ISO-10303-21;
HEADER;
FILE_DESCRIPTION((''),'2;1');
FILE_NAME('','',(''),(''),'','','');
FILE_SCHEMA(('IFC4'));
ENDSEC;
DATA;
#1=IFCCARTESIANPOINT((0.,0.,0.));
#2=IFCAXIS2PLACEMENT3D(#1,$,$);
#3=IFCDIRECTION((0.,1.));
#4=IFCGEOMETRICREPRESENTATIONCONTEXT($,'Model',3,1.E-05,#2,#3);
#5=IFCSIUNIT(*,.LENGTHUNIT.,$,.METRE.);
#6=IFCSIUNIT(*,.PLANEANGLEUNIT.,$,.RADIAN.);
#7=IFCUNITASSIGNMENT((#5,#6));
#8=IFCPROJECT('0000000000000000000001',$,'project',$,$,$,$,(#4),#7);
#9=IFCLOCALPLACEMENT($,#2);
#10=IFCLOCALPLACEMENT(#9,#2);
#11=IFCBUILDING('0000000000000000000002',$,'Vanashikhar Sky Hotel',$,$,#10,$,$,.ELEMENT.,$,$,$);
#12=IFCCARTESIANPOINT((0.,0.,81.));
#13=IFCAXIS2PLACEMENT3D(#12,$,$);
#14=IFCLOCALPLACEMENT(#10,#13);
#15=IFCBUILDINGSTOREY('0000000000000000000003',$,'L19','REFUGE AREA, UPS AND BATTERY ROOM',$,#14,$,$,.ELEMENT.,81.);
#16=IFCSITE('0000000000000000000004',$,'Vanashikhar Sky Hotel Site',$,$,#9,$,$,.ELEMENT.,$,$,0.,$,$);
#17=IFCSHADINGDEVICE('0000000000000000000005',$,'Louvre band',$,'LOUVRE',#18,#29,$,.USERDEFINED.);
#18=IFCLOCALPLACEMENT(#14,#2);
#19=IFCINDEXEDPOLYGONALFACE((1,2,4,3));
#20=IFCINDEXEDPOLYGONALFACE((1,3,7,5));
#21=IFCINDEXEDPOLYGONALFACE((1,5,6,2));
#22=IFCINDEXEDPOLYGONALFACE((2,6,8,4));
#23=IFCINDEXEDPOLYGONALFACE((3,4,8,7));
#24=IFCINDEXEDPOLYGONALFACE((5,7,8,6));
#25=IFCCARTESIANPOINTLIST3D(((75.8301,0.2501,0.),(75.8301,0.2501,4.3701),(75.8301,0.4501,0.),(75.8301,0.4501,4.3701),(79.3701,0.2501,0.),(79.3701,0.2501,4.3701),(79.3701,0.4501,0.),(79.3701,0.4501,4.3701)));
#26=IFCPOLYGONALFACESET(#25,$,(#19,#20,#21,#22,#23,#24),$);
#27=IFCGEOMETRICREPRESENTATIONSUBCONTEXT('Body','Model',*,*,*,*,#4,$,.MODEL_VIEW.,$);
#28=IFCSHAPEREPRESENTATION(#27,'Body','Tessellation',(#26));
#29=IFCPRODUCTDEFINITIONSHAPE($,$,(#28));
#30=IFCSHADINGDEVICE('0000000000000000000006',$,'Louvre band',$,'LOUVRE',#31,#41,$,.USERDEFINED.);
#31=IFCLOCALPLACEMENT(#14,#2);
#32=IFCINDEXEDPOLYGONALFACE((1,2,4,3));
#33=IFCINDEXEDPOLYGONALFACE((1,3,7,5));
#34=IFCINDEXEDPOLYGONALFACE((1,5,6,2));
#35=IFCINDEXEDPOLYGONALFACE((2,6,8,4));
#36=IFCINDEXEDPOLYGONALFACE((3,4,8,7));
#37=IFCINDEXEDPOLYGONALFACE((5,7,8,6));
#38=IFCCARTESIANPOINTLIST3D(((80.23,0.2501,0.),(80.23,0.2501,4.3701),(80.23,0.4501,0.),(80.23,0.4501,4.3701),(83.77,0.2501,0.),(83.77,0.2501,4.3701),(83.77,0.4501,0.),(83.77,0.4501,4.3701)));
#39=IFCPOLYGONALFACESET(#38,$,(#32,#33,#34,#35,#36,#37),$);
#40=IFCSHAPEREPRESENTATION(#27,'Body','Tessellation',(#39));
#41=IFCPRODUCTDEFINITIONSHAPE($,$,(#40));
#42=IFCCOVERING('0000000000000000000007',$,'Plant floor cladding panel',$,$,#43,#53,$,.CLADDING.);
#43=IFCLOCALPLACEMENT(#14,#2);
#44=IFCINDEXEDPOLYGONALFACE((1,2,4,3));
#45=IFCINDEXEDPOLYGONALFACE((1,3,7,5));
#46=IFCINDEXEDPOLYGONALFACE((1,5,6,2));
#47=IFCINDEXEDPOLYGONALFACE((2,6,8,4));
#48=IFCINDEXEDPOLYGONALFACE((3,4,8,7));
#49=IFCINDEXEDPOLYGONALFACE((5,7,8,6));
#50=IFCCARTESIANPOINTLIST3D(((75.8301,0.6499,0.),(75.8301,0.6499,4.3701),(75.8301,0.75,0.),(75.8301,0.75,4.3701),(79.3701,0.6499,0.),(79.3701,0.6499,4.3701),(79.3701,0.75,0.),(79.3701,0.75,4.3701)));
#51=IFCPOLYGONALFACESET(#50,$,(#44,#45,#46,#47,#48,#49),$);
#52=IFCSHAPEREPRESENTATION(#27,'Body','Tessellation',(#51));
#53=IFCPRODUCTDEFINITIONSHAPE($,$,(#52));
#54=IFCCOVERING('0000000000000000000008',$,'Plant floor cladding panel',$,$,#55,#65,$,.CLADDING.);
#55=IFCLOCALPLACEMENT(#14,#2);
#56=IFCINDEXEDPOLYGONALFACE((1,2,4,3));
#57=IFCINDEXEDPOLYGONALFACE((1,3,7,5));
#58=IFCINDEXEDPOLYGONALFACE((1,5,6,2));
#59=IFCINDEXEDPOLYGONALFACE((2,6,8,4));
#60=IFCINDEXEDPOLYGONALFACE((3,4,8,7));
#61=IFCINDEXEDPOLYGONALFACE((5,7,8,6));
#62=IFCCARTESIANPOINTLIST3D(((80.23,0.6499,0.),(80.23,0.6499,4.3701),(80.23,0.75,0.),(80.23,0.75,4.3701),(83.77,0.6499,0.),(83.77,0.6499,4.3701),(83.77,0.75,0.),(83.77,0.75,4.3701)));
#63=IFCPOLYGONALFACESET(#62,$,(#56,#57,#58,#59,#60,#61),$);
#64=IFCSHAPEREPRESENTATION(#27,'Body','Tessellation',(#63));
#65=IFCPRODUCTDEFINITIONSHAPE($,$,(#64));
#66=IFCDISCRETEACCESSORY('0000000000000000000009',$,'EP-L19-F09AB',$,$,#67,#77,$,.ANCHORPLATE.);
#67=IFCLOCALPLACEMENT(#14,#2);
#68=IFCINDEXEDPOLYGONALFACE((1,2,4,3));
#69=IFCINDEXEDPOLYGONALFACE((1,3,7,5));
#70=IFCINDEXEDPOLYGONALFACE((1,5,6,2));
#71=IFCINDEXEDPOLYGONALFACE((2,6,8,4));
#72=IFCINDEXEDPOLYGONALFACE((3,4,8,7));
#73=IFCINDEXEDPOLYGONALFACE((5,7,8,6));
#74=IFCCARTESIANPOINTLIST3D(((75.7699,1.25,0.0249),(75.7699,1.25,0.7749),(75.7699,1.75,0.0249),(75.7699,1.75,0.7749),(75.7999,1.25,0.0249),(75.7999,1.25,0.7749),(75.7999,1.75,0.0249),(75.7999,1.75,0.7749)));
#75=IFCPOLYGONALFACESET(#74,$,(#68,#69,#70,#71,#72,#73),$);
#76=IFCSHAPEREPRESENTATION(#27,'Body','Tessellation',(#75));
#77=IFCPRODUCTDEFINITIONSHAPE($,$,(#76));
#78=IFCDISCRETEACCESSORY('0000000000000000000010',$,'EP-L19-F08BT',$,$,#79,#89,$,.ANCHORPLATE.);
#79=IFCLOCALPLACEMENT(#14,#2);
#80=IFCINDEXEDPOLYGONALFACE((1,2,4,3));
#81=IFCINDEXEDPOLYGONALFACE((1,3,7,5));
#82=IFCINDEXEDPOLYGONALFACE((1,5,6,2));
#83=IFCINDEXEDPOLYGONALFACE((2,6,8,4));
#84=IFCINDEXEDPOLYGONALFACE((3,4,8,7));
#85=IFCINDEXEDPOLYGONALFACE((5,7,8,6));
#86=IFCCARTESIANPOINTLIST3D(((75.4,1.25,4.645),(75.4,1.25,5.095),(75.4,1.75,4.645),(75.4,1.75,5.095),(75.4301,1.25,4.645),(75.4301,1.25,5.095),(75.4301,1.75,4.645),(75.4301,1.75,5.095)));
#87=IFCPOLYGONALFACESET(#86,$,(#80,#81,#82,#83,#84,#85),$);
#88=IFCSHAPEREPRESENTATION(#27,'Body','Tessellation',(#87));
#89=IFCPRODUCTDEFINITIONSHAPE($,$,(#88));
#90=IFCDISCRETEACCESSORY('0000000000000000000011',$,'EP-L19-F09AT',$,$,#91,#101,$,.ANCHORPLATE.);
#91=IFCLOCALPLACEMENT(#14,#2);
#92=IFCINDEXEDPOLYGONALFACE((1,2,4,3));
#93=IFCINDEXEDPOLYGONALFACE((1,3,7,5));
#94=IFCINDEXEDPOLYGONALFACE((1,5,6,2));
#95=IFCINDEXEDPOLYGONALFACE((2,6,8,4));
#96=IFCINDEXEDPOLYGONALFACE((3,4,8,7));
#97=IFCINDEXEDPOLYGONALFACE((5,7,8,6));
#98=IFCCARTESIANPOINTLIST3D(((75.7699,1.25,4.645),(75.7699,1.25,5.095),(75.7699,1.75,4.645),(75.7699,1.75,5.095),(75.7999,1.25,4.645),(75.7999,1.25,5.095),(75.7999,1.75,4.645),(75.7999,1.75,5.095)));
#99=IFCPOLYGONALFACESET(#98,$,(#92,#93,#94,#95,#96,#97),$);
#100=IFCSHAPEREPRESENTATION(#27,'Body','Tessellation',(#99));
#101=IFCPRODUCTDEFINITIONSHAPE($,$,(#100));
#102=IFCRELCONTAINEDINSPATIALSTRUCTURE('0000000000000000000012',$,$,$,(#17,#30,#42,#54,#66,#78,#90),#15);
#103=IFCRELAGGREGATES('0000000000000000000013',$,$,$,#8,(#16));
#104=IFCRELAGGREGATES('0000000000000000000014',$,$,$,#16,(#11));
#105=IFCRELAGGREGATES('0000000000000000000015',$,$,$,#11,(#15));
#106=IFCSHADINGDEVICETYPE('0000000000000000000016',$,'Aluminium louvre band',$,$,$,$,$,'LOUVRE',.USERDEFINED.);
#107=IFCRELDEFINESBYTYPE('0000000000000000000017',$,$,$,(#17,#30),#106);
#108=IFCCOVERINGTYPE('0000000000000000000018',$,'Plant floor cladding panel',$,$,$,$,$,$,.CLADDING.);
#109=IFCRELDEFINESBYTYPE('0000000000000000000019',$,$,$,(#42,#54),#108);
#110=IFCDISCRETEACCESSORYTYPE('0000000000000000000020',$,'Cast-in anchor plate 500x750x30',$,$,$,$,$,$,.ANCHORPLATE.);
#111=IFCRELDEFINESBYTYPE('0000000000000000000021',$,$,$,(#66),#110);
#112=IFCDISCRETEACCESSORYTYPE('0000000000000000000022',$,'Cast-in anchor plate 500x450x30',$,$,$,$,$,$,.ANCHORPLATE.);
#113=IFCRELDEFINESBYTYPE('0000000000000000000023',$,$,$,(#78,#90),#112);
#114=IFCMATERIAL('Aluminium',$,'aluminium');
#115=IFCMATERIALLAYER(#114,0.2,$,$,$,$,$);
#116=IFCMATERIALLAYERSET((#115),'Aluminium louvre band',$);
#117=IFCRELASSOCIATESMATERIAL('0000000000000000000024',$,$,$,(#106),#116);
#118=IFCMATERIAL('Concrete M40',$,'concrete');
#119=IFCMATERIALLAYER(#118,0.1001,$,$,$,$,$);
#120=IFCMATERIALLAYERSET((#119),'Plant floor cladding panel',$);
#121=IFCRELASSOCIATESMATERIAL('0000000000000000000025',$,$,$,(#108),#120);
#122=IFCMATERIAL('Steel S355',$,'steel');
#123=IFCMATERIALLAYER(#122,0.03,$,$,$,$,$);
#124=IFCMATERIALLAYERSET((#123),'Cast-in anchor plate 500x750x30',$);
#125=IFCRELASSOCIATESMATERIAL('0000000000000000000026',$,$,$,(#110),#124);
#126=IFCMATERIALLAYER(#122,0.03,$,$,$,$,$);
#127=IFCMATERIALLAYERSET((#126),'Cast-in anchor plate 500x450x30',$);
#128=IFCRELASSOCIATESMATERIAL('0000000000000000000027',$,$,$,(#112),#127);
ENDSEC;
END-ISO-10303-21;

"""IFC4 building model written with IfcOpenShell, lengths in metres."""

from ifc_helpers import new_model, si_unit, direction, frame, origin, origin_2d, place, context, subcontext, project, spatial, rectangle, extrude, source, transform, mapped, material, layer, layer_set, type_object, element, save


model = new_model("IFC4")

# Units and contexts
model_context = context("Model", 3, precision=1e-05, world=origin(), true_north=direction((0.0, 1.0)))
body_context = subcontext(model_context, "Body", "Model", "MODEL_VIEW")
ifc_project = project(units=[si_unit("LENGTHUNIT", "METRE"), si_unit("PLANEANGLEUNIT", "RADIAN")], contexts=[model_context])

# Site, building, storey
site_placement = place(None, origin())
site = spatial("IfcSite", under=ifc_project, at=site_placement, Name="Vanashikhar Sky Hotel Site", CompositionType="ELEMENT", RefElevation=0.0)
building_placement = place(site_placement, origin())
building = spatial("IfcBuilding", under=site, at=building_placement, Name="Vanashikhar Sky Hotel", CompositionType="ELEMENT")
storey_placement = place(building_placement, frame((0.0, 0.0, 81.0)))
storey = spatial("IfcBuildingStorey", under=building, at=storey_placement, Name="L19", Description="REFUGE AREA, UPS AND BATTERY ROOM", CompositionType="ELEMENT", Elevation=81.0)

# Shared definitions
ifc_material_1 = material(Name="Steel S355", Category="steel")

# Shading devices
ifc_material_2 = material(Name="Aluminium", Category="aluminium")
ifc_layer_1 = layer(ifc_material_2, 0.2)
ifc_layer_set_1 = layer_set([ifc_layer_1], Name="Aluminium louvre band")
shading_device_type = type_object("IfcShadingDeviceType", Name="Aluminium louvre band", ElementType="LOUVRE", PredefinedType="USERDEFINED", material=ifc_layer_set_1)
shared_shape_1 = source(origin(), body_context, "Body", "SweptSolid", [
    extrude(rectangle(XDim=3.54, YDim=0.2, at=origin_2d()), origin(), (0.0, 0.0, 1.0), 4.3701),
])
for number, where, z_axis, x_axis, name in (
    (1, (77.6001, 0.3501, 0.0), (0.0, 0.0, 1.0), (1.0, 0.0, 0.0), "Louvre band"),
    (2, (82.0, 0.3501, 0.0), (0.0, 0.0, 1.0), (1.0, 0.0, 0.0), "Louvre band"),
):
    element("IfcShadingDevice", number, at=place(storey_placement, frame(where, z_axis=z_axis, x_axis=x_axis)), inside=storey, type_object=shading_device_type, Name=name, ObjectType="LOUVRE", PredefinedType="USERDEFINED", context=body_context, shape_type="MappedRepresentation", body=[
        mapped(shared_shape_1, transform((0.0, 0.0, 0.0), scale=1.0)),
    ])

# Coverings
ifc_material_3 = material(Name="Concrete M40", Category="concrete")
ifc_layer_2 = layer(ifc_material_3, 0.1001)
ifc_layer_set_2 = layer_set([ifc_layer_2], Name="Plant floor cladding panel")
covering_type = type_object("IfcCoveringType", Name="Plant floor cladding panel", PredefinedType="CLADDING", material=ifc_layer_set_2)
shared_shape_2 = source(origin(), body_context, "Body", "SweptSolid", [
    extrude(rectangle(XDim=3.54, YDim=0.1001, at=origin_2d()), origin(), (0.0, 0.0, 1.0), 4.3701),
])
for number, where, z_axis, x_axis, name in (
    (3, (77.6001, 0.7, 0.0), (0.0, 0.0, 1.0), (1.0, 0.0, 0.0), "Plant floor cladding panel"),
    (4, (82.0, 0.7, 0.0), (0.0, 0.0, 1.0), (1.0, 0.0, 0.0), "Plant floor cladding panel"),
):
    element("IfcCovering", number, at=place(storey_placement, frame(where, z_axis=z_axis, x_axis=x_axis)), inside=storey, type_object=covering_type, Name=name, PredefinedType="CLADDING", context=body_context, shape_type="MappedRepresentation", body=[
        mapped(shared_shape_2, transform((0.0, 0.0, 0.0), scale=1.0)),
    ])

# Discrete accessories
ifc_layer_3 = layer(ifc_material_1, 0.03)
ifc_layer_set_3 = layer_set([ifc_layer_3], Name="Cast-in anchor plate 500x750x30")
discrete_accessory_type_1 = type_object("IfcDiscreteAccessoryType", Name="Cast-in anchor plate 500x750x30", PredefinedType="ANCHORPLATE", material=ifc_layer_set_3)
shared_shape_3 = source(origin(), body_context, "Body", "SweptSolid", [
    extrude(rectangle(XDim=0.03, YDim=0.5, at=origin_2d()), origin(), (0.0, 0.0, 1.0), 0.75),
])
discrete_accessory_placement = place(storey_placement, frame((75.7849, 1.5, 0.0249), z_axis=(0.0, 0.0, 1.0), x_axis=(1.0, 0.0, 0.0)))
element("IfcDiscreteAccessory", 5, at=discrete_accessory_placement, inside=storey, type_object=discrete_accessory_type_1, Name="EP-L19-F09AB", PredefinedType="ANCHORPLATE", context=body_context, shape_type="MappedRepresentation", body=[
    mapped(shared_shape_3, transform((0.0, 0.0, 0.0), scale=1.0)),
])
ifc_layer_4 = layer(ifc_material_1, 0.03)
ifc_layer_set_4 = layer_set([ifc_layer_4], Name="Cast-in anchor plate 500x450x30")
discrete_accessory_type_2 = type_object("IfcDiscreteAccessoryType", Name="Cast-in anchor plate 500x450x30", PredefinedType="ANCHORPLATE", material=ifc_layer_set_4)
shared_shape_4 = source(origin(), body_context, "Body", "SweptSolid", [
    extrude(rectangle(XDim=0.03, YDim=0.5, at=origin_2d()), origin(), (0.0, 0.0, 1.0), 0.45),
])
for number, where, z_axis, x_axis, name in (
    (6, (75.415, 1.5, 4.645), (0.0, 0.0, 1.0), (1.0, 0.0, 0.0), "EP-L19-F08BT"),
    (7, (75.7849, 1.5, 4.645), (0.0, 0.0, 1.0), (1.0, 0.0, 0.0), "EP-L19-F09AT"),
):
    element("IfcDiscreteAccessory", number, at=place(storey_placement, frame(where, z_axis=z_axis, x_axis=x_axis)), inside=storey, type_object=discrete_accessory_type_2, Name=name, PredefinedType="ANCHORPLATE", context=body_context, shape_type="MappedRepresentation", body=[
        mapped(shared_shape_4, transform((0.0, 0.0, 0.0), scale=1.0)),
    ])

save(model, "model.ifc")
